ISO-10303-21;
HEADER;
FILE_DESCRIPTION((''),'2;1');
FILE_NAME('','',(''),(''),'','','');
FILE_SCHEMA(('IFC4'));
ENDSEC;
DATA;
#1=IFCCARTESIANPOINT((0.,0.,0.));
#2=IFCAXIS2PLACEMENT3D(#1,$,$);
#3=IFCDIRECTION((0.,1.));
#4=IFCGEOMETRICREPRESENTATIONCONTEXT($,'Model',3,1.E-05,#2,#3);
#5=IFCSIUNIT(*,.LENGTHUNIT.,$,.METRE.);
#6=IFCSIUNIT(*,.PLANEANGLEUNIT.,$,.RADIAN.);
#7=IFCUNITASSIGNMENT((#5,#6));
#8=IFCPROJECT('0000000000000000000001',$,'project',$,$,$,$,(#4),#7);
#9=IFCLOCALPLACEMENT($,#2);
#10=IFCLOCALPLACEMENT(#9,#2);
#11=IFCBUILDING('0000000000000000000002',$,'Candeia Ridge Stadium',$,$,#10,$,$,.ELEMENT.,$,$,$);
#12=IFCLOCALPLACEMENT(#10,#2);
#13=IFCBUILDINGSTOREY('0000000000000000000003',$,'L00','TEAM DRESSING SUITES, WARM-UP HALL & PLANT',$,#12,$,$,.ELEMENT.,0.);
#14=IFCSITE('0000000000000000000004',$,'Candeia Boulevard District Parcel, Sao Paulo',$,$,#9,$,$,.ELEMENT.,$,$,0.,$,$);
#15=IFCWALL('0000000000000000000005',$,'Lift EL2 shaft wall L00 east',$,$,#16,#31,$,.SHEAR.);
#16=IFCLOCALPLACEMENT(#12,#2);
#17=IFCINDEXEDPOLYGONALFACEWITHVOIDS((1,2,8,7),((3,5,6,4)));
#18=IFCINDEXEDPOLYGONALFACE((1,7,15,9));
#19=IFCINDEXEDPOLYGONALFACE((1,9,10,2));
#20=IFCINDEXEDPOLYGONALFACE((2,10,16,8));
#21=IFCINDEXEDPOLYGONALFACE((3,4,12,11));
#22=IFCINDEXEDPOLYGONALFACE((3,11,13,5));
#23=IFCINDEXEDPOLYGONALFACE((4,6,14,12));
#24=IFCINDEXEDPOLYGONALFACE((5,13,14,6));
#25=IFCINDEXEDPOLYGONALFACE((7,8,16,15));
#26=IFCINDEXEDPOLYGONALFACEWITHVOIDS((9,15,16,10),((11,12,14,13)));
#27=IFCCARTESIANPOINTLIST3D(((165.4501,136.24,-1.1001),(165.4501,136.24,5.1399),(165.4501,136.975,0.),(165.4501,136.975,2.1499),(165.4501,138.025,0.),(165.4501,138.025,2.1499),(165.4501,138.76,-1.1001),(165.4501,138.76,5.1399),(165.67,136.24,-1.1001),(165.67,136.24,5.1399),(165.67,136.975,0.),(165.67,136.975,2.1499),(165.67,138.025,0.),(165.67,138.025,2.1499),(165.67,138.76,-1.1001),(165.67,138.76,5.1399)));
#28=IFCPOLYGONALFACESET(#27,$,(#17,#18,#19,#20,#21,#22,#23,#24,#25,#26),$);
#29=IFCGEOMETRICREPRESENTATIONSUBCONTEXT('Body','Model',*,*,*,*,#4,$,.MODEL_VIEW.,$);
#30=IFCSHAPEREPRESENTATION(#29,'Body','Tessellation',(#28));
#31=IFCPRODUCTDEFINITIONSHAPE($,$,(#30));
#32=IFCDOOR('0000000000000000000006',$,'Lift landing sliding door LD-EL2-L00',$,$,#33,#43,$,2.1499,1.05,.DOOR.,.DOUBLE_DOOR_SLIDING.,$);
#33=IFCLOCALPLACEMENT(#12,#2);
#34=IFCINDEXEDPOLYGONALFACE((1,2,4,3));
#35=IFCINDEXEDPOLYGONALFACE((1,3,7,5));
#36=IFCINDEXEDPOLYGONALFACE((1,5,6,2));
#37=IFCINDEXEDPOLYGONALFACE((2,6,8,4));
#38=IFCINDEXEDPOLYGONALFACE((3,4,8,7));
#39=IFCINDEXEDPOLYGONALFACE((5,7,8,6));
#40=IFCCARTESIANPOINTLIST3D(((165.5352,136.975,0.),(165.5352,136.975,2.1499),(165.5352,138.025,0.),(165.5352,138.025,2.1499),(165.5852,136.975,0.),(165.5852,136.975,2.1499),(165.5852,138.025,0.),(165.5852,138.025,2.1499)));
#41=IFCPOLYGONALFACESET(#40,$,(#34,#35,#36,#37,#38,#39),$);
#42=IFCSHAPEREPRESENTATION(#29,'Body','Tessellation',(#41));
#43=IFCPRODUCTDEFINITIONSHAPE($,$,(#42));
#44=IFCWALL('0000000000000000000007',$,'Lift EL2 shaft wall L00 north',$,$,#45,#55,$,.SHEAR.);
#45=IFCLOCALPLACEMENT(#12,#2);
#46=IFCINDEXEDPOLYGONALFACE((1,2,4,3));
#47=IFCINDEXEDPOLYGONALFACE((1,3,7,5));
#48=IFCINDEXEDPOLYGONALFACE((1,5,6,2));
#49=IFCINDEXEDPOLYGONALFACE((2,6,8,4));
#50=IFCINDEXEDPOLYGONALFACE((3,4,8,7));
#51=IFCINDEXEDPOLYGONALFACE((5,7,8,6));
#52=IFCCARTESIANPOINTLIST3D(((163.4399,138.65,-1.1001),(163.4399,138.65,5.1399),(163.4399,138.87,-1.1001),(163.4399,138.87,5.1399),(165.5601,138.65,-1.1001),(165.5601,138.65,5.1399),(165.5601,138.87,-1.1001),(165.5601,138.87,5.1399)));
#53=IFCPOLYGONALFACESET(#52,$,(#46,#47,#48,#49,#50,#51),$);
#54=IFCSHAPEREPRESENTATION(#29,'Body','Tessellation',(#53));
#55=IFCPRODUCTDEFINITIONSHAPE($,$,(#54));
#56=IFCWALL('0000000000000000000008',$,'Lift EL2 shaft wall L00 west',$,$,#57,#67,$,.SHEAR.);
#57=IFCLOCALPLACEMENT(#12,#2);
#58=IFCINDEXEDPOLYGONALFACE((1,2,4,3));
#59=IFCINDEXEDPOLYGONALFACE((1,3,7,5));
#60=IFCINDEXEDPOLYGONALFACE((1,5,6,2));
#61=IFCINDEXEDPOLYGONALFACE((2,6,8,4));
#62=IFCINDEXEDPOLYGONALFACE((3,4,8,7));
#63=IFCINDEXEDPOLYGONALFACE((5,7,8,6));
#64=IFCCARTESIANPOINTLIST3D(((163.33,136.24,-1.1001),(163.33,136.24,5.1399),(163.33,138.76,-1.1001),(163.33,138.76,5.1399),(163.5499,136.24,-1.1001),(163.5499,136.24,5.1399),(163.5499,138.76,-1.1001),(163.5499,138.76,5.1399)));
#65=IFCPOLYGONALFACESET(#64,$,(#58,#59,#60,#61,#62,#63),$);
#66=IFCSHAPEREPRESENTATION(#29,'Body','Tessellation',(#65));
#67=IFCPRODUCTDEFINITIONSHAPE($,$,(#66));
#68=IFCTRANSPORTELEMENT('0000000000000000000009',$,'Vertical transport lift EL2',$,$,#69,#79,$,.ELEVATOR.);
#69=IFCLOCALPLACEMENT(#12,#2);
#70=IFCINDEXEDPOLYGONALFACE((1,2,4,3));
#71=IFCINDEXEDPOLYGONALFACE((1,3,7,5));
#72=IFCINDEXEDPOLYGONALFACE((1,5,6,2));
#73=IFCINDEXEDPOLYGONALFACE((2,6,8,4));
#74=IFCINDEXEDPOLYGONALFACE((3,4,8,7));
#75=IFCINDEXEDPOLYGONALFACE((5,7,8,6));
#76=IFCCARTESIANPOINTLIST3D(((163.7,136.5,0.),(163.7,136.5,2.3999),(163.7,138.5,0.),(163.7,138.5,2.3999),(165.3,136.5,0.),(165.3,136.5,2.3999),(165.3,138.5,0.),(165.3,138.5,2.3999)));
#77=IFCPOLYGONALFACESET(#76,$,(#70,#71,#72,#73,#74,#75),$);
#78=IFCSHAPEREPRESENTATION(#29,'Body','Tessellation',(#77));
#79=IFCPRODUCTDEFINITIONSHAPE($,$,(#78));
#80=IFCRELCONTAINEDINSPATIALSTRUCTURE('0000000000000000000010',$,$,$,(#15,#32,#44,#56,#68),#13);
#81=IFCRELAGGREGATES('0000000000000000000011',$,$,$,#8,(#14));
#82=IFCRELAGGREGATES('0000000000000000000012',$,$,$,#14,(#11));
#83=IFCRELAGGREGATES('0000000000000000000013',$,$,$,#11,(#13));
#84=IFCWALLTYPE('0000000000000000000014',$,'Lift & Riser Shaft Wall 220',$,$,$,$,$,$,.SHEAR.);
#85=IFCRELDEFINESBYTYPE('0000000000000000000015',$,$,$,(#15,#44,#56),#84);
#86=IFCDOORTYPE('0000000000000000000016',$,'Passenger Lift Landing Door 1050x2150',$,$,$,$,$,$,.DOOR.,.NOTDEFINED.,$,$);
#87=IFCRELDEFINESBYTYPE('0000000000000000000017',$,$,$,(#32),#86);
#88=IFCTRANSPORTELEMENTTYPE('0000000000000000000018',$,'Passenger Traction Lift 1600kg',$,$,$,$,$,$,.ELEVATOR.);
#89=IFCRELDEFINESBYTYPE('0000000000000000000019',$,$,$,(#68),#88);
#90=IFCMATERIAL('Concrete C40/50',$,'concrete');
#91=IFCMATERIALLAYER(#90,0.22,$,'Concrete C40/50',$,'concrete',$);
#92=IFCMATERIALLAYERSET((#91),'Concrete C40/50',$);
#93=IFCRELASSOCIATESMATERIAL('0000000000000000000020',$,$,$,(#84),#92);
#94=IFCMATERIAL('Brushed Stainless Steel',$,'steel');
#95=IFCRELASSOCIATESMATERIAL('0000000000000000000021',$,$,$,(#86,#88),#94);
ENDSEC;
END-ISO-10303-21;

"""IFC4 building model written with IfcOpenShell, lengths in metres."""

from ifc_helpers import new_model, si_unit, direction, frame, frame_2d, origin, origin_2d, place, context, subcontext, project, spatial, rectangle, extrude, material, layer, layer_set, type_object, element, fill, save


model = new_model("IFC4")

# Units and contexts
model_context = context("Model", 3, precision=1e-05, world=origin(), true_north=direction((0.0, 1.0)))
body_context = subcontext(model_context, "Body", "Model", "MODEL_VIEW")
ifc_project = project(units=[si_unit("LENGTHUNIT", "METRE"), si_unit("PLANEANGLEUNIT", "RADIAN")], contexts=[model_context])

# Site, building, storey
site_placement = place(None, origin())
site = spatial("IfcSite", under=ifc_project, at=site_placement, Name="Candeia Boulevard District Parcel, Sao Paulo", CompositionType="ELEMENT", RefElevation=0.0)
building_placement = place(site_placement, origin())
building = spatial("IfcBuilding", under=site, at=building_placement, Name="Candeia Ridge Stadium", CompositionType="ELEMENT")
storey_placement = place(building_placement, origin())
storey = spatial("IfcBuildingStorey", under=building, at=storey_placement, Name="L00", Description="TEAM DRESSING SUITES, WARM-UP HALL & PLANT", CompositionType="ELEMENT", Elevation=0.0)

# Shared definitions
ifc_material_1 = material(Name="Concrete C40/50", Category="concrete")

# Shared definitions
ifc_layer_1 = layer(ifc_material_1, 0.22, Name="Concrete C40/50", Category="concrete")
ifc_layer_set_1 = layer_set([ifc_layer_1], Name="Concrete C40/50")
wall_type_1 = type_object("IfcWallType", Name="Lift & Riser Shaft Wall 220", PredefinedType="SHEAR", material=ifc_layer_set_1)

# Wall, opening, door
wall_1_placement = place(storey_placement, frame((165.5601, 136.24, -1.1001), z_axis=(0.0, 0.0, 1.0), x_axis=(0.0, 1.0, 0.0)))
wall_1 = element("IfcWall", 1, at=wall_1_placement, inside=storey, type_object=wall_type_1, Name="Lift EL2 shaft wall L00 east", PredefinedType="SHEAR", context=body_context, shape_type="SweptSolid", body=[
    extrude(rectangle(XDim=2.52, YDim=0.22, at=frame_2d((1.26, 0.0))), origin(), (0.0, 0.0, 1.0), 6.24),
])
opening_1_placement = place(wall_1_placement, frame((0.7351, 0.0, 1.1001)))
opening_1 = element("IfcOpeningElement", 2, at=opening_1_placement, cuts=wall_1, PredefinedType="OPENING", context=body_context, shape_type="SweptSolid", body=[
    extrude(rectangle(XDim=1.05, YDim=2.1499, at=frame_2d((0.5249, 1.075))), frame((0.0, 0.1199, 0.0), z_axis=(0.0, -1.0, 0.0), x_axis=(1.0, 0.0, 0.0)), (0.0, 0.0, 1.0), 0.24),
])
ifc_material_2 = material(Name="Brushed Stainless Steel", Category="steel")
door_type = type_object("IfcDoorType", Name="Passenger Lift Landing Door 1050x2150", OperationType="NOTDEFINED", PredefinedType="DOOR", material=ifc_material_2)
door_placement = place(opening_1_placement, origin())
door = element("IfcDoor", 3, at=door_placement, inside=storey, type_object=door_type, Name="Lift landing sliding door LD-EL2-L00", OperationType="DOUBLE_DOOR_SLIDING", OverallHeight=2.1499, OverallWidth=1.05, PredefinedType="DOOR", context=body_context, shape_type="SweptSolid", body=[
    extrude(rectangle(XDim=1.05, YDim=2.1499, at=frame_2d((0.5249, 1.075))), frame((0.0, 0.0249, 0.0), z_axis=(0.0, -1.0, 0.0), x_axis=(1.0, 0.0, 0.0)), (0.0, 0.0, 1.0), 0.05),
])
fill(opening_1, door)

# Walls
wall_2_placement = place(storey_placement, frame((165.5601, 138.76, -1.1001), z_axis=(0.0, 0.0, 1.0), x_axis=(-1.0, 0.0, 0.0)))
element("IfcWall", 4, at=wall_2_placement, inside=storey, type_object=wall_type_1, Name="Lift EL2 shaft wall L00 north", PredefinedType="SHEAR", context=body_context, shape_type="SweptSolid", body=[
    extrude(rectangle(XDim=2.1201, YDim=0.22, at=frame_2d((1.0601, 0.0))), origin(), (0.0, 0.0, 1.0), 6.24),
])
wall_3_placement = place(storey_placement, frame((163.4399, 138.76, -1.1001), z_axis=(0.0, 0.0, 1.0), x_axis=(0.0, -1.0, 0.0)))
element("IfcWall", 5, at=wall_3_placement, inside=storey, type_object=wall_type_1, Name="Lift EL2 shaft wall L00 west", PredefinedType="SHEAR", context=body_context, shape_type="SweptSolid", body=[
    extrude(rectangle(XDim=2.52, YDim=0.22, at=frame_2d((1.26, 0.0))), origin(), (0.0, 0.0, 1.0), 6.24),
])

# Transport element
transport_element_type = type_object("IfcTransportElementType", Name="Passenger Traction Lift 1600kg", PredefinedType="ELEVATOR", material=ifc_material_2)
transport_element_placement = place(storey_placement, frame((164.5, 137.5, 0.0), z_axis=(0.0, 0.0, 1.0), x_axis=(1.0, 0.0, 0.0)))
element("IfcTransportElement", 6, at=transport_element_placement, inside=storey, type_object=transport_element_type, Name="Vertical transport lift EL2", PredefinedType="ELEVATOR", context=body_context, shape_type="SweptSolid", body=[
    extrude(rectangle(XDim=1.6001, YDim=2.0, at=origin_2d()), origin(), (0.0, 0.0, 1.0), 2.3999),
])

save(model, "model.ifc")
